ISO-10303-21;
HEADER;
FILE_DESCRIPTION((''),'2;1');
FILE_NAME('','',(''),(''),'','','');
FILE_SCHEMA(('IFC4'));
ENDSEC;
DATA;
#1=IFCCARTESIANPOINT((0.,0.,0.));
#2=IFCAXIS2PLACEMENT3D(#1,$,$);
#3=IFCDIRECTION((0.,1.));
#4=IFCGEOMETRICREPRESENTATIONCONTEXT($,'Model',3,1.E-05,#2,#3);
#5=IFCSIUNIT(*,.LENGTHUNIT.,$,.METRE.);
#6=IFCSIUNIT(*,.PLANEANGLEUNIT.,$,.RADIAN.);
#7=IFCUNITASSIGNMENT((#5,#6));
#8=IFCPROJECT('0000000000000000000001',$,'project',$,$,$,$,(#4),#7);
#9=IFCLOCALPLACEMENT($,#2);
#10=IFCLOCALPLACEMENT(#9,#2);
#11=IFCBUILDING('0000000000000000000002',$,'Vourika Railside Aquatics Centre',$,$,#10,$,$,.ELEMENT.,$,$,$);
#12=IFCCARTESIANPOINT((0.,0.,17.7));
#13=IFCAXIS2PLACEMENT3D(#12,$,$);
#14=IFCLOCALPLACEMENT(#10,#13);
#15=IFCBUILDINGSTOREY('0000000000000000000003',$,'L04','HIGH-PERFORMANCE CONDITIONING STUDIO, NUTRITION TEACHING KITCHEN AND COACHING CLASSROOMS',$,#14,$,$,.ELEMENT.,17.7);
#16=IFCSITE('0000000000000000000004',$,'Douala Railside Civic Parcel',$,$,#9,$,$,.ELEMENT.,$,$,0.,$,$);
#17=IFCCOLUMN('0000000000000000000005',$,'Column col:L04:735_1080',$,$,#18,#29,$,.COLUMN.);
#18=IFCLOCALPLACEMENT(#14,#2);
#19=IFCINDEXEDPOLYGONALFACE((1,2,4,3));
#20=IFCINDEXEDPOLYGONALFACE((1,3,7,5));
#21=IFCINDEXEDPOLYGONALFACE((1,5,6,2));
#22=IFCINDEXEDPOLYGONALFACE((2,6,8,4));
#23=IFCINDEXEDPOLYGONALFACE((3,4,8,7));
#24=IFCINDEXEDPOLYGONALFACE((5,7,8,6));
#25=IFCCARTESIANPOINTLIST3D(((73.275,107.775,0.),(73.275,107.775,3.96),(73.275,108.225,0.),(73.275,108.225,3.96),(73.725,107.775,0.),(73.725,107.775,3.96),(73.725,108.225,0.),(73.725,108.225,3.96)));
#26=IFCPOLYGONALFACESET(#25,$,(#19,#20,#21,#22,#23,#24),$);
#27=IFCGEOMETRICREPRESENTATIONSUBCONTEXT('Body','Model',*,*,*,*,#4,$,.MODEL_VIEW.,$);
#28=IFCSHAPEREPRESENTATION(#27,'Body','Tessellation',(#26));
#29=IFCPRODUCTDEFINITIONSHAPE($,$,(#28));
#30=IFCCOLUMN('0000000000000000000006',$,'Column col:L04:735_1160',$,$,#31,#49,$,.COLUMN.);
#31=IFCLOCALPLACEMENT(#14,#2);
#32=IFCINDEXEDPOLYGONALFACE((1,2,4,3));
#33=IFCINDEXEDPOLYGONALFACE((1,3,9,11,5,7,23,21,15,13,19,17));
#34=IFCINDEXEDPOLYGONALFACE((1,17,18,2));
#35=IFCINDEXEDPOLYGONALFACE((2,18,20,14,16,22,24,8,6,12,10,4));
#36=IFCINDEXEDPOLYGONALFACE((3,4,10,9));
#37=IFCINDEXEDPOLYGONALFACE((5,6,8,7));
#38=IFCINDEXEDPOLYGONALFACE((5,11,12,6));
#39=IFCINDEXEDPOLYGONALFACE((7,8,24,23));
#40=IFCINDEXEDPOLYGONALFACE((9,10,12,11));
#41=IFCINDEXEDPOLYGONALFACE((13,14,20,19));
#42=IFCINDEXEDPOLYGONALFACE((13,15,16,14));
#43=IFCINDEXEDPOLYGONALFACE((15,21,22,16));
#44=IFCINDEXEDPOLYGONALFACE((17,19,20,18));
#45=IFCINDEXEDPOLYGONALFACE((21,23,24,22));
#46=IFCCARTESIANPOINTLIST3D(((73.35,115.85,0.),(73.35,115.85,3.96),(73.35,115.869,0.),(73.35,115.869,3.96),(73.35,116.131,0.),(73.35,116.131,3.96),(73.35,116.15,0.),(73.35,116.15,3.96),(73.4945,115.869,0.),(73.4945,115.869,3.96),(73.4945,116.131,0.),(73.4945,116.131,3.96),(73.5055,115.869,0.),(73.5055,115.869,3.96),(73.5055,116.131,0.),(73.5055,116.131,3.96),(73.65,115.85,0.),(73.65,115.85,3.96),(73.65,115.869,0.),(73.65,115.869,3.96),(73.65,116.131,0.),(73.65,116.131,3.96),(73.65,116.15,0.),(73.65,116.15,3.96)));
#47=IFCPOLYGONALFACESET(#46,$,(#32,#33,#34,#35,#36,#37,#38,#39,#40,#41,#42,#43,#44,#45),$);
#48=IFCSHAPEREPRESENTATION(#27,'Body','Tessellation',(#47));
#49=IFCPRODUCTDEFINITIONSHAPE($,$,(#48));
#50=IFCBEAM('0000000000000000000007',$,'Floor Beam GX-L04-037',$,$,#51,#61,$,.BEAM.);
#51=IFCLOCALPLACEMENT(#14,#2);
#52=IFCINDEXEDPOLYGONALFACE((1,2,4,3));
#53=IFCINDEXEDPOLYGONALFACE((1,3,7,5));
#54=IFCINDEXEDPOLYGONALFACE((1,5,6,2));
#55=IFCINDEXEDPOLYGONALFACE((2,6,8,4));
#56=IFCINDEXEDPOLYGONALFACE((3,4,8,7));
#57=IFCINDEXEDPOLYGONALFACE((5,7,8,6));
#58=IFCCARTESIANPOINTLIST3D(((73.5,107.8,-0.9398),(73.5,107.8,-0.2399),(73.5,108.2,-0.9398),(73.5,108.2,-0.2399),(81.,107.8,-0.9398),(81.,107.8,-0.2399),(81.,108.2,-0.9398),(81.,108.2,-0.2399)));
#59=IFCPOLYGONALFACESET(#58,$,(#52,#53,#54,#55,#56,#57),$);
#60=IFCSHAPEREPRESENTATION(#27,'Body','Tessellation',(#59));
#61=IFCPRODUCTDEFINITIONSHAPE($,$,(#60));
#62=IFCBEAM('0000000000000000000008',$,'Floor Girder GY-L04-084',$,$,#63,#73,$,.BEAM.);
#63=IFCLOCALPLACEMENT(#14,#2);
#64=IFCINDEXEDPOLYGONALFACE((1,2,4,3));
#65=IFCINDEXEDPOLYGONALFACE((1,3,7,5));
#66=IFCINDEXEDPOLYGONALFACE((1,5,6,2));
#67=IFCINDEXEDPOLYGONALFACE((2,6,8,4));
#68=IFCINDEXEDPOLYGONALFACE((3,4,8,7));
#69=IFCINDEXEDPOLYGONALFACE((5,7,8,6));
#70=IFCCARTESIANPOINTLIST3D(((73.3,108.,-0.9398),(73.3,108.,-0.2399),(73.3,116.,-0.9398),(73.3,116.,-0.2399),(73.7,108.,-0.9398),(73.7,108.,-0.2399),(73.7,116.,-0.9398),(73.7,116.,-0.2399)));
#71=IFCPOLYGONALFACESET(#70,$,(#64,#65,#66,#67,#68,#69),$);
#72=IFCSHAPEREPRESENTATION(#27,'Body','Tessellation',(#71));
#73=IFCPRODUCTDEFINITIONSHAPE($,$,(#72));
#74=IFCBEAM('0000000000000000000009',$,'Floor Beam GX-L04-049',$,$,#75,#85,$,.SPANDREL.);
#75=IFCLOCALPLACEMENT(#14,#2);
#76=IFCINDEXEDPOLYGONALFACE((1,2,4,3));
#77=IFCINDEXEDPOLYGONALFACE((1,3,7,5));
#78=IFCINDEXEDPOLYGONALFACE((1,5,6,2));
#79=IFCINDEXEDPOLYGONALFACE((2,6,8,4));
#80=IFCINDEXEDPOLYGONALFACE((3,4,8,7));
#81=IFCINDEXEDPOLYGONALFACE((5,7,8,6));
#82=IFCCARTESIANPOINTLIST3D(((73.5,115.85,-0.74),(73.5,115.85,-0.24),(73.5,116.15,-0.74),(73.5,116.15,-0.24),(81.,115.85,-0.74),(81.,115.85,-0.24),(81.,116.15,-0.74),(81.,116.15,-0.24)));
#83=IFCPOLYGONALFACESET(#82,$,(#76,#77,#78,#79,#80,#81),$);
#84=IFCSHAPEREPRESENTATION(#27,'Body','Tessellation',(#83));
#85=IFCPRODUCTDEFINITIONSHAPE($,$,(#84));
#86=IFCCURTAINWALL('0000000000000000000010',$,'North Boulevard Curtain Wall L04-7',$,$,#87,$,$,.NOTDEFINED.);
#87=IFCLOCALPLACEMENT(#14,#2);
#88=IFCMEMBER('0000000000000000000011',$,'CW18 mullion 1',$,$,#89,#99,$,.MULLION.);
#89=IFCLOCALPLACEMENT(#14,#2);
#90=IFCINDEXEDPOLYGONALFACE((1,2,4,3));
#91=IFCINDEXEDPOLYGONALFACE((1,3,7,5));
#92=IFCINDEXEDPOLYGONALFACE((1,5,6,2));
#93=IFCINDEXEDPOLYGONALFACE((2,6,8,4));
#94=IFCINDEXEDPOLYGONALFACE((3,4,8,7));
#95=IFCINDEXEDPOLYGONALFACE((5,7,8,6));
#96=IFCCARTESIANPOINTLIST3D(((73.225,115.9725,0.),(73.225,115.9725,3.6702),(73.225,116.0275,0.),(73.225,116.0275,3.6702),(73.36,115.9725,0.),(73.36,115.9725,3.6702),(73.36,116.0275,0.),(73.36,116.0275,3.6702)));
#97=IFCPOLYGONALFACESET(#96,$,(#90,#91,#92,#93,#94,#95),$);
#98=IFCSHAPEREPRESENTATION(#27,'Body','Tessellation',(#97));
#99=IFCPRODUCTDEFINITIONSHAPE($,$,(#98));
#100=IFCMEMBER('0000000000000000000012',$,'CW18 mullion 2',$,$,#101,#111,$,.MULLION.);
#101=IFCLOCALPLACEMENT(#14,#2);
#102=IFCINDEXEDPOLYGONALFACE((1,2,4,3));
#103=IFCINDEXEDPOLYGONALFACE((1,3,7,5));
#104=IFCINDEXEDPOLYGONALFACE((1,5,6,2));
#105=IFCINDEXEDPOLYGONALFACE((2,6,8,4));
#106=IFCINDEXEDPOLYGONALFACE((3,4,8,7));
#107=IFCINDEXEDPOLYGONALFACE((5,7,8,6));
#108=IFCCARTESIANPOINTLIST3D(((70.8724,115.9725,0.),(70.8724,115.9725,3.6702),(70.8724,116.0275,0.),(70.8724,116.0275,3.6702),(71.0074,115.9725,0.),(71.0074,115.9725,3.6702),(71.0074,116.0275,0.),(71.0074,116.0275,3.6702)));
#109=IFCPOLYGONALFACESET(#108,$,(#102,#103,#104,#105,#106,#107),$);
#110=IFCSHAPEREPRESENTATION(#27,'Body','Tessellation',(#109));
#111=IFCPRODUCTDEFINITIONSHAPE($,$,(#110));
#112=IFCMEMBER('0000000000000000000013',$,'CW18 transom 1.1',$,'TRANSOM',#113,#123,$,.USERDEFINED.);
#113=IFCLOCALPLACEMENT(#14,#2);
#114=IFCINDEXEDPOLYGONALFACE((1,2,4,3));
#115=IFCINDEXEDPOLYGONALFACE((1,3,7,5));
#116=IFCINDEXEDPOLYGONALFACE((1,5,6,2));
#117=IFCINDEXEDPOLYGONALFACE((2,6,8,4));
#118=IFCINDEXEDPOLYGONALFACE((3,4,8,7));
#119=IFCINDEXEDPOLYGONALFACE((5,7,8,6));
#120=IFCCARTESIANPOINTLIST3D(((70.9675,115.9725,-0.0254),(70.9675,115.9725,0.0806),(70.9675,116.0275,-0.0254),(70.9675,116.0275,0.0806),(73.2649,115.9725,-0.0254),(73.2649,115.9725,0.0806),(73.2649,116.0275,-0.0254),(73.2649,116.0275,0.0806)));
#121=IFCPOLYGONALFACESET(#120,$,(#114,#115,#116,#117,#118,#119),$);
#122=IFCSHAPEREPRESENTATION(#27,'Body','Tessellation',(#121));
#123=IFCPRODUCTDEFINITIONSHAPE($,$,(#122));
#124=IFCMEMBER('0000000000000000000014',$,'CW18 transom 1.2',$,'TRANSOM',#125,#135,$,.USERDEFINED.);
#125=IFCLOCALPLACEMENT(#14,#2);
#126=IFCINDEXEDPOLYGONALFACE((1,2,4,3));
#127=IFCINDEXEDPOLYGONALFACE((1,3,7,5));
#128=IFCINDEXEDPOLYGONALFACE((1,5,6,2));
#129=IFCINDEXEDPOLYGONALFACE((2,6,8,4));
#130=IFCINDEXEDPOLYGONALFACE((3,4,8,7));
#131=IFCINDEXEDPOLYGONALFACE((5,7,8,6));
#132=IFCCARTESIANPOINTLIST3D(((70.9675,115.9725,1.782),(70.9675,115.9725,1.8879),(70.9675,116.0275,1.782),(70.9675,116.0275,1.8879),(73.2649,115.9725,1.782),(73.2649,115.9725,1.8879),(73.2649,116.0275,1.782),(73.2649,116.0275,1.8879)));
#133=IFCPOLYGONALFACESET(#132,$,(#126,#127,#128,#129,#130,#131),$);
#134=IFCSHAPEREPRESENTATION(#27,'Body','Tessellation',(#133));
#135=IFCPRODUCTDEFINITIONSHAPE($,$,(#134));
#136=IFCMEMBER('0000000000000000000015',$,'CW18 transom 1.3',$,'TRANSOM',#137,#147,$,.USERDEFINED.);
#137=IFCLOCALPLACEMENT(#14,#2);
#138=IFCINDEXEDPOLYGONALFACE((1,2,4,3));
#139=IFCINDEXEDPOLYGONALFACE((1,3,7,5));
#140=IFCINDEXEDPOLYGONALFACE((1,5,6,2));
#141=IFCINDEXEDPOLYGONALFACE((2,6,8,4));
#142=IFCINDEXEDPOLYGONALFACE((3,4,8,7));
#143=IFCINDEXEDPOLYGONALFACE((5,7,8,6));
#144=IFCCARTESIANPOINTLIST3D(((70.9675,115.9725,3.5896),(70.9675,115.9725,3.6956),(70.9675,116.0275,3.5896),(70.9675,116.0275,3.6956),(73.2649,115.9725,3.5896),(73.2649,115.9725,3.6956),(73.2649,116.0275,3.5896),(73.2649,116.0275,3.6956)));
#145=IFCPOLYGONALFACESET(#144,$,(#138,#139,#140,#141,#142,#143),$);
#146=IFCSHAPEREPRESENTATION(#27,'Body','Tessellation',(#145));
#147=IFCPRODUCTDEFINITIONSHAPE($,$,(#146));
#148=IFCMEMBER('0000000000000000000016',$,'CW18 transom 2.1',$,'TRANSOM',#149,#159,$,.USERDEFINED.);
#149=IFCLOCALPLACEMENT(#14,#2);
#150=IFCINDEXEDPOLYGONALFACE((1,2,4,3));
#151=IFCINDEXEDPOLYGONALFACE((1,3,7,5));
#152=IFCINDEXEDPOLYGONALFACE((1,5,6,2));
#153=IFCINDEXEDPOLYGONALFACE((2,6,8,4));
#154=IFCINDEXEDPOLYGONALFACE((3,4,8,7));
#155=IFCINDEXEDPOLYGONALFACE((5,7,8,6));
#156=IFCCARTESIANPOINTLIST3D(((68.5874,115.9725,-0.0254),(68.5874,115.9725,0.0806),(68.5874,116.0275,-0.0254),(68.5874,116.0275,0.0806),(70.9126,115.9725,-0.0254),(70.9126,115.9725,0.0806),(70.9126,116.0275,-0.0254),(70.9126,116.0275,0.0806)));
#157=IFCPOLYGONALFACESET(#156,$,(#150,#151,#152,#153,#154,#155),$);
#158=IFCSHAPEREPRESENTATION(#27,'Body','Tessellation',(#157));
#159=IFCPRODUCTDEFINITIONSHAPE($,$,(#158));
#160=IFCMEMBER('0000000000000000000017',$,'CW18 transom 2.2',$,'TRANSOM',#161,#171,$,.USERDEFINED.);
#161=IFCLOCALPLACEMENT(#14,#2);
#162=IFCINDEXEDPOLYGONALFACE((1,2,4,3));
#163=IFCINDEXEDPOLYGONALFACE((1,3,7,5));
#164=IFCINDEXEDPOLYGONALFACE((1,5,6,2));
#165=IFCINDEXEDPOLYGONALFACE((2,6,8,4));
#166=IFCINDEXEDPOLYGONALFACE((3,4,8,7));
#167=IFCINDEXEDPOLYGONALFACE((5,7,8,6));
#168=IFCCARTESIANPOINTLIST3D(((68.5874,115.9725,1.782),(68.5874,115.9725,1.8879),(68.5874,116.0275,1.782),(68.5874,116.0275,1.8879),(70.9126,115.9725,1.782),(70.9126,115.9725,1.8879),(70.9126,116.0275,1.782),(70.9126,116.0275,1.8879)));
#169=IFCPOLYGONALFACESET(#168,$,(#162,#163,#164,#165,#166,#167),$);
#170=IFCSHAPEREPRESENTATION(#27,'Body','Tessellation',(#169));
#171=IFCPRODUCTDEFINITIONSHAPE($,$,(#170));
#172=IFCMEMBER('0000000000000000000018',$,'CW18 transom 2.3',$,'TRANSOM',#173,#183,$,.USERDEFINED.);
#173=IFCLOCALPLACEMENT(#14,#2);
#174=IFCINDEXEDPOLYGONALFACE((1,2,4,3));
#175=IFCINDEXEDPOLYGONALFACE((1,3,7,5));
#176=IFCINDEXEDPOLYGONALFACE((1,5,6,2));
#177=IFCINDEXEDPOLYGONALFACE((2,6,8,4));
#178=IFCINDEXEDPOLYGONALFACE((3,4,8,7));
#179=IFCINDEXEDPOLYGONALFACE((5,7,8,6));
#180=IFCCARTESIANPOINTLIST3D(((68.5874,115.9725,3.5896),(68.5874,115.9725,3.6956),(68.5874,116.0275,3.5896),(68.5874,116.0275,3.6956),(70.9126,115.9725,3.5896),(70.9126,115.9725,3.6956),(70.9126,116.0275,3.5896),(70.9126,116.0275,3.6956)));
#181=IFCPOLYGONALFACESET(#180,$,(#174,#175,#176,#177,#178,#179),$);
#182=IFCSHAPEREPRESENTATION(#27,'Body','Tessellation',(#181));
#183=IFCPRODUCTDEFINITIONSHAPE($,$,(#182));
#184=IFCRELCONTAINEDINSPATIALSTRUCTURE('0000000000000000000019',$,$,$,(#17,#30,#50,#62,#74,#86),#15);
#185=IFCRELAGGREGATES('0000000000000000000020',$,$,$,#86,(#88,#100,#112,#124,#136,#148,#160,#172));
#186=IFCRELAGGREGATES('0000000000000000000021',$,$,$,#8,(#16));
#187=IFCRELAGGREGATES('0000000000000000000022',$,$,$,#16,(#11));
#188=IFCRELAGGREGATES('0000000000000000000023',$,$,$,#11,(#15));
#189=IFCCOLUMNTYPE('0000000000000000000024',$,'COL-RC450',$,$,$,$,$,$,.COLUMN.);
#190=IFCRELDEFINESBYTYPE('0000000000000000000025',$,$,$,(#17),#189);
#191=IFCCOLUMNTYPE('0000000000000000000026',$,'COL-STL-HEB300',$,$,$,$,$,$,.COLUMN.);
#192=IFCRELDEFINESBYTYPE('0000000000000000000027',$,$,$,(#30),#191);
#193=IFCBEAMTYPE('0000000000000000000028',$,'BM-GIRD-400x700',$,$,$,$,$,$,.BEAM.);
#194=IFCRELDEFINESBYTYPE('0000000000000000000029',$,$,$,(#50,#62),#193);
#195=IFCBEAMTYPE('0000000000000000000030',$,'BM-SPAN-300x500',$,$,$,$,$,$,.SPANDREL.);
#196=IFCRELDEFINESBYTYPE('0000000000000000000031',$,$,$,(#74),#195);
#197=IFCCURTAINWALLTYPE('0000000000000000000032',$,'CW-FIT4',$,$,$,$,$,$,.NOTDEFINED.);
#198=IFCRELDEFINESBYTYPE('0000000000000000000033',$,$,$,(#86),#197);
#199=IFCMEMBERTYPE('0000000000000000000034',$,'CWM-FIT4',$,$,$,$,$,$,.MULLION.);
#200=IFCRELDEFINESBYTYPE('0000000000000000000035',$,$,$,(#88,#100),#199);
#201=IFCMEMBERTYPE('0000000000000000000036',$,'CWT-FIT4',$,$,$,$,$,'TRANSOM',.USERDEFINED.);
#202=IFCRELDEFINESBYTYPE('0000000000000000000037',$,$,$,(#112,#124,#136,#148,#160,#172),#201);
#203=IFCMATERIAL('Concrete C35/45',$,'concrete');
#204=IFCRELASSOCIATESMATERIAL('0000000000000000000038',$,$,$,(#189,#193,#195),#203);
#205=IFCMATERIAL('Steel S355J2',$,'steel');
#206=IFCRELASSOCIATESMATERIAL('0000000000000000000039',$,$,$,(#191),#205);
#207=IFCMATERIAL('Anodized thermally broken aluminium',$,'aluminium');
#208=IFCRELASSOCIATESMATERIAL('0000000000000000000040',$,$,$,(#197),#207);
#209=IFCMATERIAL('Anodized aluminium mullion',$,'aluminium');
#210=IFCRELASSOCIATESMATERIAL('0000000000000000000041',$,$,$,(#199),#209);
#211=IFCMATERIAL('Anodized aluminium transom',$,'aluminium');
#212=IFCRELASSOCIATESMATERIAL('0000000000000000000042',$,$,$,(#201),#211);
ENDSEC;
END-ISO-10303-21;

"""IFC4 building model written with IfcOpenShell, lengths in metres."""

from ifc_helpers import new_model, si_unit, direction, frame, origin, origin_2d, place, context, subcontext, project, spatial, rectangle, i_section, extrude, material, material_profile, profile_set, type_object, element, aggregate, save


model = new_model("IFC4")

# Units and contexts
model_context = context("Model", 3, precision=1e-05, world=origin(), true_north=direction((0.0, 1.0)))
body_context = subcontext(model_context, "Body", "Model", "MODEL_VIEW")
ifc_project = project(units=[si_unit("LENGTHUNIT", "METRE"), si_unit("PLANEANGLEUNIT", "RADIAN")], contexts=[model_context])

# Site, building, storey
site_placement = place(None, origin())
site = spatial("IfcSite", under=ifc_project, at=site_placement, Name="Douala Railside Civic Parcel", CompositionType="ELEMENT", RefElevation=0.0)
building_placement = place(site_placement, origin())
building = spatial("IfcBuilding", under=site, at=building_placement, Name="Vourika Railside Aquatics Centre", CompositionType="ELEMENT")
storey_placement = place(building_placement, frame((0.0, 0.0, 17.7)))
storey = spatial("IfcBuildingStorey", under=building, at=storey_placement, Name="L04", Description="HIGH-PERFORMANCE CONDITIONING STUDIO, NUTRITION TEACHING KITCHEN AND COACHING CLASSROOMS", CompositionType="ELEMENT", Elevation=17.7)

# Columns
ifc_material_1 = material(Name="Concrete C35/45", Category="concrete")
ifc_material_profile_1 = material_profile(ifc_material_1, rectangle(XDim=0.45, YDim=0.45, at=origin_2d()), Name="RC 450x450")
ifc_profile_set_1 = profile_set([ifc_material_profile_1], Name="Concrete C35/45")
column_type_1 = type_object("IfcColumnType", Name="COL-RC450", PredefinedType="COLUMN", material=ifc_profile_set_1)
column_1_placement = place(storey_placement, frame((73.5, 108.0, 0.0), z_axis=(0.0, 0.0, 1.0), x_axis=(1.0, 0.0, 0.0)))
element("IfcColumn", 1, at=column_1_placement, inside=storey, type_object=column_type_1, Name="Column col:L04:735_1080", PredefinedType="COLUMN", context=body_context, shape_type="SweptSolid", body=[
    extrude(rectangle(XDim=0.45, YDim=0.45, at=origin_2d()), origin(), (0.0, 0.0, 1.0), 3.96),
])
ifc_material_2 = material(Name="Steel S355J2", Category="steel")
ifc_material_profile_2 = material_profile(ifc_material_2, i_section(OverallWidth=0.3, OverallDepth=0.3, WebThickness=0.011, FlangeThickness=0.019, at=origin_2d()), Name="HEB 300")
ifc_profile_set_2 = profile_set([ifc_material_profile_2], Name="Steel S355J2")
column_type_2 = type_object("IfcColumnType", Name="COL-STL-HEB300", PredefinedType="COLUMN", material=ifc_profile_set_2)
column_2_placement = place(storey_placement, frame((73.5, 116.0, 0.0), z_axis=(0.0, 0.0, 1.0), x_axis=(1.0, 0.0, 0.0)))
element("IfcColumn", 2, at=column_2_placement, inside=storey, type_object=column_type_2, Name="Column col:L04:735_1160", PredefinedType="COLUMN", context=body_context, shape_type="SweptSolid", body=[
    extrude(i_section(OverallWidth=0.3, OverallDepth=0.3, WebThickness=0.011, FlangeThickness=0.019, at=origin_2d()), origin(), (0.0, 0.0, 1.0), 3.96),
])

# Beams
ifc_material_profile_3 = material_profile(ifc_material_1, rectangle(XDim=0.3999, YDim=0.7, at=origin_2d()), Name="RC 400x700")
ifc_profile_set_3 = profile_set([ifc_material_profile_3], Name="Concrete C35/45")
beam_type_1 = type_object("IfcBeamType", Name="BM-GIRD-400x700", PredefinedType="BEAM", material=ifc_profile_set_3)
beam_1_placement = place(storey_placement, frame((73.5, 108.0, -0.5898), z_axis=(1.0, 0.0, 0.0), x_axis=(0.0, 1.0, 0.0)))
element("IfcBeam", 3, at=beam_1_placement, inside=storey, type_object=beam_type_1, Name="Floor Beam GX-L04-037", PredefinedType="BEAM", context=body_context, shape_type="SweptSolid", body=[
    extrude(rectangle(XDim=0.3999, YDim=0.7, at=origin_2d()), origin(), (0.0, 0.0, 1.0), 7.5),
])
beam_2_placement = place(storey_placement, frame((73.5, 108.0, -0.5898), z_axis=(0.0, 1.0, 0.0), x_axis=(-1.0, 0.0, 0.0)))
element("IfcBeam", 4, at=beam_2_placement, inside=storey, type_object=beam_type_1, Name="Floor Girder GY-L04-084", PredefinedType="BEAM", context=body_context, shape_type="SweptSolid", body=[
    extrude(rectangle(XDim=0.3999, YDim=0.7, at=origin_2d()), origin(), (0.0, 0.0, 1.0), 8.0),
])
ifc_material_profile_4 = material_profile(ifc_material_1, rectangle(XDim=0.3, YDim=0.5, at=origin_2d()), Name="RC 300x500")
ifc_profile_set_4 = profile_set([ifc_material_profile_4], Name="Concrete C35/45")
beam_type_2 = type_object("IfcBeamType", Name="BM-SPAN-300x500", PredefinedType="SPANDREL", material=ifc_profile_set_4)
beam_3_placement = place(storey_placement, frame((73.5, 116.0, -0.49), z_axis=(1.0, 0.0, 0.0), x_axis=(0.0, 1.0, 0.0)))
element("IfcBeam", 5, at=beam_3_placement, inside=storey, type_object=beam_type_2, Name="Floor Beam GX-L04-049", PredefinedType="SPANDREL", context=body_context, shape_type="SweptSolid", body=[
    extrude(rectangle(XDim=0.3, YDim=0.5, at=origin_2d()), origin(), (0.0, 0.0, 1.0), 7.5),
])

# Curtain wall, members
ifc_material_3 = material(Name="Anodized thermally broken aluminium", Category="aluminium")
curtain_wall_type = type_object("IfcCurtainWallType", Name="CW-FIT4", PredefinedType="NOTDEFINED", material=ifc_material_3)
curtain_wall_placement = place(storey_placement, origin())
curtain_wall = element("IfcCurtainWall", 6, at=curtain_wall_placement, inside=storey, type_object=curtain_wall_type, Name="North Boulevard Curtain Wall L04-7", PredefinedType="NOTDEFINED")
ifc_material_4 = material(Name="Anodized aluminium mullion", Category="aluminium")
ifc_material_profile_5 = material_profile(ifc_material_4, rectangle(XDim=0.0549, YDim=0.135, at=origin_2d()), Name="ALU-M 55x135")
ifc_profile_set_5 = profile_set([ifc_material_profile_5], Name="Anodized aluminium mullion")
member_type_1 = type_object("IfcMemberType", Name="CWM-FIT4", PredefinedType="MULLION", material=ifc_profile_set_5)
member_1_placement = place(storey_placement, frame((73.2925, 116.0, 0.0), z_axis=(0.0, 0.0, 1.0), x_axis=(0.0, -1.0, 0.0)))
member_1 = element("IfcMember", 7, at=member_1_placement, type_object=member_type_1, Name="CW18 mullion 1", PredefinedType="MULLION", context=body_context, shape_type="SweptSolid", body=[
    extrude(rectangle(XDim=0.0549, YDim=0.135, at=origin_2d()), origin(), (0.0, 0.0, 1.0), 3.6702),
])
member_2_placement = place(storey_placement, frame((70.9399, 116.0, 0.0), z_axis=(0.0, 0.0, 1.0), x_axis=(0.0, -1.0, 0.0)))
member_2 = element("IfcMember", 8, at=member_2_placement, type_object=member_type_1, Name="CW18 mullion 2", PredefinedType="MULLION", context=body_context, shape_type="SweptSolid", body=[
    extrude(rectangle(XDim=0.0549, YDim=0.135, at=origin_2d()), origin(), (0.0, 0.0, 1.0), 3.6702),
])
ifc_material_5 = material(Name="Anodized aluminium transom", Category="aluminium")
ifc_material_profile_6 = material_profile(ifc_material_5, rectangle(XDim=0.0549, YDim=0.106, at=origin_2d()), Name="ALU-T 55x106")
ifc_profile_set_6 = profile_set([ifc_material_profile_6], Name="Anodized aluminium transom")
member_type_2 = type_object("IfcMemberType", Name="CWT-FIT4", ElementType="TRANSOM", PredefinedType="USERDEFINED", material=ifc_profile_set_6)
member_3_placement = place(storey_placement, frame((73.2649, 116.0, 0.0276), z_axis=(-1.0, 0.0, 0.0), x_axis=(0.0, -1.0, 0.0)))
member_3 = element("IfcMember", 9, at=member_3_placement, type_object=member_type_2, Name="CW18 transom 1.1", ObjectType="TRANSOM", PredefinedType="USERDEFINED", context=body_context, shape_type="SweptSolid", body=[
    extrude(rectangle(XDim=0.0549, YDim=0.106, at=origin_2d()), origin(), (0.0, 0.0, 1.0), 2.2974),
])
member_4_placement = place(storey_placement, frame((73.2649, 116.0, 1.835), z_axis=(-1.0, 0.0, 0.0), x_axis=(0.0, -1.0, 0.0)))
member_4 = element("IfcMember", 10, at=member_4_placement, type_object=member_type_2, Name="CW18 transom 1.2", ObjectType="TRANSOM", PredefinedType="USERDEFINED", context=body_context, shape_type="SweptSolid", body=[
    extrude(rectangle(XDim=0.0549, YDim=0.106, at=origin_2d()), origin(), (0.0, 0.0, 1.0), 2.2974),
])
member_5_placement = place(storey_placement, frame((73.2649, 116.0, 3.6426), z_axis=(-1.0, 0.0, 0.0), x_axis=(0.0, -1.0, 0.0)))
member_5 = element("IfcMember", 11, at=member_5_placement, type_object=member_type_2, Name="CW18 transom 1.3", ObjectType="TRANSOM", PredefinedType="USERDEFINED", context=body_context, shape_type="SweptSolid", body=[
    extrude(rectangle(XDim=0.0549, YDim=0.106, at=origin_2d()), origin(), (0.0, 0.0, 1.0), 2.2974),
])
member_6_placement = place(storey_placement, frame((70.9126, 116.0, 0.0276), z_axis=(-1.0, 0.0, 0.0), x_axis=(0.0, -1.0, 0.0)))
member_6 = element("IfcMember", 12, at=member_6_placement, type_object=member_type_2, Name="CW18 transom 2.1", ObjectType="TRANSOM", PredefinedType="USERDEFINED", context=body_context, shape_type="SweptSolid", body=[
    extrude(rectangle(XDim=0.0549, YDim=0.106, at=origin_2d()), origin(), (0.0, 0.0, 1.0), 2.3252),
])
member_7_placement = place(storey_placement, frame((70.9126, 116.0, 1.835), z_axis=(-1.0, 0.0, 0.0), x_axis=(0.0, -1.0, 0.0)))
member_7 = element("IfcMember", 13, at=member_7_placement, type_object=member_type_2, Name="CW18 transom 2.2", ObjectType="TRANSOM", PredefinedType="USERDEFINED", context=body_context, shape_type="SweptSolid", body=[
    extrude(rectangle(XDim=0.0549, YDim=0.106, at=origin_2d()), origin(), (0.0, 0.0, 1.0), 2.3252),
])
member_8_placement = place(storey_placement, frame((70.9126, 116.0, 3.6426), z_axis=(-1.0, 0.0, 0.0), x_axis=(0.0, -1.0, 0.0)))
member_8 = element("IfcMember", 14, at=member_8_placement, type_object=member_type_2, Name="CW18 transom 2.3", ObjectType="TRANSOM", PredefinedType="USERDEFINED", context=body_context, shape_type="SweptSolid", body=[
    extrude(rectangle(XDim=0.0549, YDim=0.106, at=origin_2d()), origin(), (0.0, 0.0, 1.0), 2.3252),
])
aggregate(curtain_wall, [member_1, member_2, member_3, member_4, member_5, member_6, member_7, member_8])

save(model, "model.ifc")
